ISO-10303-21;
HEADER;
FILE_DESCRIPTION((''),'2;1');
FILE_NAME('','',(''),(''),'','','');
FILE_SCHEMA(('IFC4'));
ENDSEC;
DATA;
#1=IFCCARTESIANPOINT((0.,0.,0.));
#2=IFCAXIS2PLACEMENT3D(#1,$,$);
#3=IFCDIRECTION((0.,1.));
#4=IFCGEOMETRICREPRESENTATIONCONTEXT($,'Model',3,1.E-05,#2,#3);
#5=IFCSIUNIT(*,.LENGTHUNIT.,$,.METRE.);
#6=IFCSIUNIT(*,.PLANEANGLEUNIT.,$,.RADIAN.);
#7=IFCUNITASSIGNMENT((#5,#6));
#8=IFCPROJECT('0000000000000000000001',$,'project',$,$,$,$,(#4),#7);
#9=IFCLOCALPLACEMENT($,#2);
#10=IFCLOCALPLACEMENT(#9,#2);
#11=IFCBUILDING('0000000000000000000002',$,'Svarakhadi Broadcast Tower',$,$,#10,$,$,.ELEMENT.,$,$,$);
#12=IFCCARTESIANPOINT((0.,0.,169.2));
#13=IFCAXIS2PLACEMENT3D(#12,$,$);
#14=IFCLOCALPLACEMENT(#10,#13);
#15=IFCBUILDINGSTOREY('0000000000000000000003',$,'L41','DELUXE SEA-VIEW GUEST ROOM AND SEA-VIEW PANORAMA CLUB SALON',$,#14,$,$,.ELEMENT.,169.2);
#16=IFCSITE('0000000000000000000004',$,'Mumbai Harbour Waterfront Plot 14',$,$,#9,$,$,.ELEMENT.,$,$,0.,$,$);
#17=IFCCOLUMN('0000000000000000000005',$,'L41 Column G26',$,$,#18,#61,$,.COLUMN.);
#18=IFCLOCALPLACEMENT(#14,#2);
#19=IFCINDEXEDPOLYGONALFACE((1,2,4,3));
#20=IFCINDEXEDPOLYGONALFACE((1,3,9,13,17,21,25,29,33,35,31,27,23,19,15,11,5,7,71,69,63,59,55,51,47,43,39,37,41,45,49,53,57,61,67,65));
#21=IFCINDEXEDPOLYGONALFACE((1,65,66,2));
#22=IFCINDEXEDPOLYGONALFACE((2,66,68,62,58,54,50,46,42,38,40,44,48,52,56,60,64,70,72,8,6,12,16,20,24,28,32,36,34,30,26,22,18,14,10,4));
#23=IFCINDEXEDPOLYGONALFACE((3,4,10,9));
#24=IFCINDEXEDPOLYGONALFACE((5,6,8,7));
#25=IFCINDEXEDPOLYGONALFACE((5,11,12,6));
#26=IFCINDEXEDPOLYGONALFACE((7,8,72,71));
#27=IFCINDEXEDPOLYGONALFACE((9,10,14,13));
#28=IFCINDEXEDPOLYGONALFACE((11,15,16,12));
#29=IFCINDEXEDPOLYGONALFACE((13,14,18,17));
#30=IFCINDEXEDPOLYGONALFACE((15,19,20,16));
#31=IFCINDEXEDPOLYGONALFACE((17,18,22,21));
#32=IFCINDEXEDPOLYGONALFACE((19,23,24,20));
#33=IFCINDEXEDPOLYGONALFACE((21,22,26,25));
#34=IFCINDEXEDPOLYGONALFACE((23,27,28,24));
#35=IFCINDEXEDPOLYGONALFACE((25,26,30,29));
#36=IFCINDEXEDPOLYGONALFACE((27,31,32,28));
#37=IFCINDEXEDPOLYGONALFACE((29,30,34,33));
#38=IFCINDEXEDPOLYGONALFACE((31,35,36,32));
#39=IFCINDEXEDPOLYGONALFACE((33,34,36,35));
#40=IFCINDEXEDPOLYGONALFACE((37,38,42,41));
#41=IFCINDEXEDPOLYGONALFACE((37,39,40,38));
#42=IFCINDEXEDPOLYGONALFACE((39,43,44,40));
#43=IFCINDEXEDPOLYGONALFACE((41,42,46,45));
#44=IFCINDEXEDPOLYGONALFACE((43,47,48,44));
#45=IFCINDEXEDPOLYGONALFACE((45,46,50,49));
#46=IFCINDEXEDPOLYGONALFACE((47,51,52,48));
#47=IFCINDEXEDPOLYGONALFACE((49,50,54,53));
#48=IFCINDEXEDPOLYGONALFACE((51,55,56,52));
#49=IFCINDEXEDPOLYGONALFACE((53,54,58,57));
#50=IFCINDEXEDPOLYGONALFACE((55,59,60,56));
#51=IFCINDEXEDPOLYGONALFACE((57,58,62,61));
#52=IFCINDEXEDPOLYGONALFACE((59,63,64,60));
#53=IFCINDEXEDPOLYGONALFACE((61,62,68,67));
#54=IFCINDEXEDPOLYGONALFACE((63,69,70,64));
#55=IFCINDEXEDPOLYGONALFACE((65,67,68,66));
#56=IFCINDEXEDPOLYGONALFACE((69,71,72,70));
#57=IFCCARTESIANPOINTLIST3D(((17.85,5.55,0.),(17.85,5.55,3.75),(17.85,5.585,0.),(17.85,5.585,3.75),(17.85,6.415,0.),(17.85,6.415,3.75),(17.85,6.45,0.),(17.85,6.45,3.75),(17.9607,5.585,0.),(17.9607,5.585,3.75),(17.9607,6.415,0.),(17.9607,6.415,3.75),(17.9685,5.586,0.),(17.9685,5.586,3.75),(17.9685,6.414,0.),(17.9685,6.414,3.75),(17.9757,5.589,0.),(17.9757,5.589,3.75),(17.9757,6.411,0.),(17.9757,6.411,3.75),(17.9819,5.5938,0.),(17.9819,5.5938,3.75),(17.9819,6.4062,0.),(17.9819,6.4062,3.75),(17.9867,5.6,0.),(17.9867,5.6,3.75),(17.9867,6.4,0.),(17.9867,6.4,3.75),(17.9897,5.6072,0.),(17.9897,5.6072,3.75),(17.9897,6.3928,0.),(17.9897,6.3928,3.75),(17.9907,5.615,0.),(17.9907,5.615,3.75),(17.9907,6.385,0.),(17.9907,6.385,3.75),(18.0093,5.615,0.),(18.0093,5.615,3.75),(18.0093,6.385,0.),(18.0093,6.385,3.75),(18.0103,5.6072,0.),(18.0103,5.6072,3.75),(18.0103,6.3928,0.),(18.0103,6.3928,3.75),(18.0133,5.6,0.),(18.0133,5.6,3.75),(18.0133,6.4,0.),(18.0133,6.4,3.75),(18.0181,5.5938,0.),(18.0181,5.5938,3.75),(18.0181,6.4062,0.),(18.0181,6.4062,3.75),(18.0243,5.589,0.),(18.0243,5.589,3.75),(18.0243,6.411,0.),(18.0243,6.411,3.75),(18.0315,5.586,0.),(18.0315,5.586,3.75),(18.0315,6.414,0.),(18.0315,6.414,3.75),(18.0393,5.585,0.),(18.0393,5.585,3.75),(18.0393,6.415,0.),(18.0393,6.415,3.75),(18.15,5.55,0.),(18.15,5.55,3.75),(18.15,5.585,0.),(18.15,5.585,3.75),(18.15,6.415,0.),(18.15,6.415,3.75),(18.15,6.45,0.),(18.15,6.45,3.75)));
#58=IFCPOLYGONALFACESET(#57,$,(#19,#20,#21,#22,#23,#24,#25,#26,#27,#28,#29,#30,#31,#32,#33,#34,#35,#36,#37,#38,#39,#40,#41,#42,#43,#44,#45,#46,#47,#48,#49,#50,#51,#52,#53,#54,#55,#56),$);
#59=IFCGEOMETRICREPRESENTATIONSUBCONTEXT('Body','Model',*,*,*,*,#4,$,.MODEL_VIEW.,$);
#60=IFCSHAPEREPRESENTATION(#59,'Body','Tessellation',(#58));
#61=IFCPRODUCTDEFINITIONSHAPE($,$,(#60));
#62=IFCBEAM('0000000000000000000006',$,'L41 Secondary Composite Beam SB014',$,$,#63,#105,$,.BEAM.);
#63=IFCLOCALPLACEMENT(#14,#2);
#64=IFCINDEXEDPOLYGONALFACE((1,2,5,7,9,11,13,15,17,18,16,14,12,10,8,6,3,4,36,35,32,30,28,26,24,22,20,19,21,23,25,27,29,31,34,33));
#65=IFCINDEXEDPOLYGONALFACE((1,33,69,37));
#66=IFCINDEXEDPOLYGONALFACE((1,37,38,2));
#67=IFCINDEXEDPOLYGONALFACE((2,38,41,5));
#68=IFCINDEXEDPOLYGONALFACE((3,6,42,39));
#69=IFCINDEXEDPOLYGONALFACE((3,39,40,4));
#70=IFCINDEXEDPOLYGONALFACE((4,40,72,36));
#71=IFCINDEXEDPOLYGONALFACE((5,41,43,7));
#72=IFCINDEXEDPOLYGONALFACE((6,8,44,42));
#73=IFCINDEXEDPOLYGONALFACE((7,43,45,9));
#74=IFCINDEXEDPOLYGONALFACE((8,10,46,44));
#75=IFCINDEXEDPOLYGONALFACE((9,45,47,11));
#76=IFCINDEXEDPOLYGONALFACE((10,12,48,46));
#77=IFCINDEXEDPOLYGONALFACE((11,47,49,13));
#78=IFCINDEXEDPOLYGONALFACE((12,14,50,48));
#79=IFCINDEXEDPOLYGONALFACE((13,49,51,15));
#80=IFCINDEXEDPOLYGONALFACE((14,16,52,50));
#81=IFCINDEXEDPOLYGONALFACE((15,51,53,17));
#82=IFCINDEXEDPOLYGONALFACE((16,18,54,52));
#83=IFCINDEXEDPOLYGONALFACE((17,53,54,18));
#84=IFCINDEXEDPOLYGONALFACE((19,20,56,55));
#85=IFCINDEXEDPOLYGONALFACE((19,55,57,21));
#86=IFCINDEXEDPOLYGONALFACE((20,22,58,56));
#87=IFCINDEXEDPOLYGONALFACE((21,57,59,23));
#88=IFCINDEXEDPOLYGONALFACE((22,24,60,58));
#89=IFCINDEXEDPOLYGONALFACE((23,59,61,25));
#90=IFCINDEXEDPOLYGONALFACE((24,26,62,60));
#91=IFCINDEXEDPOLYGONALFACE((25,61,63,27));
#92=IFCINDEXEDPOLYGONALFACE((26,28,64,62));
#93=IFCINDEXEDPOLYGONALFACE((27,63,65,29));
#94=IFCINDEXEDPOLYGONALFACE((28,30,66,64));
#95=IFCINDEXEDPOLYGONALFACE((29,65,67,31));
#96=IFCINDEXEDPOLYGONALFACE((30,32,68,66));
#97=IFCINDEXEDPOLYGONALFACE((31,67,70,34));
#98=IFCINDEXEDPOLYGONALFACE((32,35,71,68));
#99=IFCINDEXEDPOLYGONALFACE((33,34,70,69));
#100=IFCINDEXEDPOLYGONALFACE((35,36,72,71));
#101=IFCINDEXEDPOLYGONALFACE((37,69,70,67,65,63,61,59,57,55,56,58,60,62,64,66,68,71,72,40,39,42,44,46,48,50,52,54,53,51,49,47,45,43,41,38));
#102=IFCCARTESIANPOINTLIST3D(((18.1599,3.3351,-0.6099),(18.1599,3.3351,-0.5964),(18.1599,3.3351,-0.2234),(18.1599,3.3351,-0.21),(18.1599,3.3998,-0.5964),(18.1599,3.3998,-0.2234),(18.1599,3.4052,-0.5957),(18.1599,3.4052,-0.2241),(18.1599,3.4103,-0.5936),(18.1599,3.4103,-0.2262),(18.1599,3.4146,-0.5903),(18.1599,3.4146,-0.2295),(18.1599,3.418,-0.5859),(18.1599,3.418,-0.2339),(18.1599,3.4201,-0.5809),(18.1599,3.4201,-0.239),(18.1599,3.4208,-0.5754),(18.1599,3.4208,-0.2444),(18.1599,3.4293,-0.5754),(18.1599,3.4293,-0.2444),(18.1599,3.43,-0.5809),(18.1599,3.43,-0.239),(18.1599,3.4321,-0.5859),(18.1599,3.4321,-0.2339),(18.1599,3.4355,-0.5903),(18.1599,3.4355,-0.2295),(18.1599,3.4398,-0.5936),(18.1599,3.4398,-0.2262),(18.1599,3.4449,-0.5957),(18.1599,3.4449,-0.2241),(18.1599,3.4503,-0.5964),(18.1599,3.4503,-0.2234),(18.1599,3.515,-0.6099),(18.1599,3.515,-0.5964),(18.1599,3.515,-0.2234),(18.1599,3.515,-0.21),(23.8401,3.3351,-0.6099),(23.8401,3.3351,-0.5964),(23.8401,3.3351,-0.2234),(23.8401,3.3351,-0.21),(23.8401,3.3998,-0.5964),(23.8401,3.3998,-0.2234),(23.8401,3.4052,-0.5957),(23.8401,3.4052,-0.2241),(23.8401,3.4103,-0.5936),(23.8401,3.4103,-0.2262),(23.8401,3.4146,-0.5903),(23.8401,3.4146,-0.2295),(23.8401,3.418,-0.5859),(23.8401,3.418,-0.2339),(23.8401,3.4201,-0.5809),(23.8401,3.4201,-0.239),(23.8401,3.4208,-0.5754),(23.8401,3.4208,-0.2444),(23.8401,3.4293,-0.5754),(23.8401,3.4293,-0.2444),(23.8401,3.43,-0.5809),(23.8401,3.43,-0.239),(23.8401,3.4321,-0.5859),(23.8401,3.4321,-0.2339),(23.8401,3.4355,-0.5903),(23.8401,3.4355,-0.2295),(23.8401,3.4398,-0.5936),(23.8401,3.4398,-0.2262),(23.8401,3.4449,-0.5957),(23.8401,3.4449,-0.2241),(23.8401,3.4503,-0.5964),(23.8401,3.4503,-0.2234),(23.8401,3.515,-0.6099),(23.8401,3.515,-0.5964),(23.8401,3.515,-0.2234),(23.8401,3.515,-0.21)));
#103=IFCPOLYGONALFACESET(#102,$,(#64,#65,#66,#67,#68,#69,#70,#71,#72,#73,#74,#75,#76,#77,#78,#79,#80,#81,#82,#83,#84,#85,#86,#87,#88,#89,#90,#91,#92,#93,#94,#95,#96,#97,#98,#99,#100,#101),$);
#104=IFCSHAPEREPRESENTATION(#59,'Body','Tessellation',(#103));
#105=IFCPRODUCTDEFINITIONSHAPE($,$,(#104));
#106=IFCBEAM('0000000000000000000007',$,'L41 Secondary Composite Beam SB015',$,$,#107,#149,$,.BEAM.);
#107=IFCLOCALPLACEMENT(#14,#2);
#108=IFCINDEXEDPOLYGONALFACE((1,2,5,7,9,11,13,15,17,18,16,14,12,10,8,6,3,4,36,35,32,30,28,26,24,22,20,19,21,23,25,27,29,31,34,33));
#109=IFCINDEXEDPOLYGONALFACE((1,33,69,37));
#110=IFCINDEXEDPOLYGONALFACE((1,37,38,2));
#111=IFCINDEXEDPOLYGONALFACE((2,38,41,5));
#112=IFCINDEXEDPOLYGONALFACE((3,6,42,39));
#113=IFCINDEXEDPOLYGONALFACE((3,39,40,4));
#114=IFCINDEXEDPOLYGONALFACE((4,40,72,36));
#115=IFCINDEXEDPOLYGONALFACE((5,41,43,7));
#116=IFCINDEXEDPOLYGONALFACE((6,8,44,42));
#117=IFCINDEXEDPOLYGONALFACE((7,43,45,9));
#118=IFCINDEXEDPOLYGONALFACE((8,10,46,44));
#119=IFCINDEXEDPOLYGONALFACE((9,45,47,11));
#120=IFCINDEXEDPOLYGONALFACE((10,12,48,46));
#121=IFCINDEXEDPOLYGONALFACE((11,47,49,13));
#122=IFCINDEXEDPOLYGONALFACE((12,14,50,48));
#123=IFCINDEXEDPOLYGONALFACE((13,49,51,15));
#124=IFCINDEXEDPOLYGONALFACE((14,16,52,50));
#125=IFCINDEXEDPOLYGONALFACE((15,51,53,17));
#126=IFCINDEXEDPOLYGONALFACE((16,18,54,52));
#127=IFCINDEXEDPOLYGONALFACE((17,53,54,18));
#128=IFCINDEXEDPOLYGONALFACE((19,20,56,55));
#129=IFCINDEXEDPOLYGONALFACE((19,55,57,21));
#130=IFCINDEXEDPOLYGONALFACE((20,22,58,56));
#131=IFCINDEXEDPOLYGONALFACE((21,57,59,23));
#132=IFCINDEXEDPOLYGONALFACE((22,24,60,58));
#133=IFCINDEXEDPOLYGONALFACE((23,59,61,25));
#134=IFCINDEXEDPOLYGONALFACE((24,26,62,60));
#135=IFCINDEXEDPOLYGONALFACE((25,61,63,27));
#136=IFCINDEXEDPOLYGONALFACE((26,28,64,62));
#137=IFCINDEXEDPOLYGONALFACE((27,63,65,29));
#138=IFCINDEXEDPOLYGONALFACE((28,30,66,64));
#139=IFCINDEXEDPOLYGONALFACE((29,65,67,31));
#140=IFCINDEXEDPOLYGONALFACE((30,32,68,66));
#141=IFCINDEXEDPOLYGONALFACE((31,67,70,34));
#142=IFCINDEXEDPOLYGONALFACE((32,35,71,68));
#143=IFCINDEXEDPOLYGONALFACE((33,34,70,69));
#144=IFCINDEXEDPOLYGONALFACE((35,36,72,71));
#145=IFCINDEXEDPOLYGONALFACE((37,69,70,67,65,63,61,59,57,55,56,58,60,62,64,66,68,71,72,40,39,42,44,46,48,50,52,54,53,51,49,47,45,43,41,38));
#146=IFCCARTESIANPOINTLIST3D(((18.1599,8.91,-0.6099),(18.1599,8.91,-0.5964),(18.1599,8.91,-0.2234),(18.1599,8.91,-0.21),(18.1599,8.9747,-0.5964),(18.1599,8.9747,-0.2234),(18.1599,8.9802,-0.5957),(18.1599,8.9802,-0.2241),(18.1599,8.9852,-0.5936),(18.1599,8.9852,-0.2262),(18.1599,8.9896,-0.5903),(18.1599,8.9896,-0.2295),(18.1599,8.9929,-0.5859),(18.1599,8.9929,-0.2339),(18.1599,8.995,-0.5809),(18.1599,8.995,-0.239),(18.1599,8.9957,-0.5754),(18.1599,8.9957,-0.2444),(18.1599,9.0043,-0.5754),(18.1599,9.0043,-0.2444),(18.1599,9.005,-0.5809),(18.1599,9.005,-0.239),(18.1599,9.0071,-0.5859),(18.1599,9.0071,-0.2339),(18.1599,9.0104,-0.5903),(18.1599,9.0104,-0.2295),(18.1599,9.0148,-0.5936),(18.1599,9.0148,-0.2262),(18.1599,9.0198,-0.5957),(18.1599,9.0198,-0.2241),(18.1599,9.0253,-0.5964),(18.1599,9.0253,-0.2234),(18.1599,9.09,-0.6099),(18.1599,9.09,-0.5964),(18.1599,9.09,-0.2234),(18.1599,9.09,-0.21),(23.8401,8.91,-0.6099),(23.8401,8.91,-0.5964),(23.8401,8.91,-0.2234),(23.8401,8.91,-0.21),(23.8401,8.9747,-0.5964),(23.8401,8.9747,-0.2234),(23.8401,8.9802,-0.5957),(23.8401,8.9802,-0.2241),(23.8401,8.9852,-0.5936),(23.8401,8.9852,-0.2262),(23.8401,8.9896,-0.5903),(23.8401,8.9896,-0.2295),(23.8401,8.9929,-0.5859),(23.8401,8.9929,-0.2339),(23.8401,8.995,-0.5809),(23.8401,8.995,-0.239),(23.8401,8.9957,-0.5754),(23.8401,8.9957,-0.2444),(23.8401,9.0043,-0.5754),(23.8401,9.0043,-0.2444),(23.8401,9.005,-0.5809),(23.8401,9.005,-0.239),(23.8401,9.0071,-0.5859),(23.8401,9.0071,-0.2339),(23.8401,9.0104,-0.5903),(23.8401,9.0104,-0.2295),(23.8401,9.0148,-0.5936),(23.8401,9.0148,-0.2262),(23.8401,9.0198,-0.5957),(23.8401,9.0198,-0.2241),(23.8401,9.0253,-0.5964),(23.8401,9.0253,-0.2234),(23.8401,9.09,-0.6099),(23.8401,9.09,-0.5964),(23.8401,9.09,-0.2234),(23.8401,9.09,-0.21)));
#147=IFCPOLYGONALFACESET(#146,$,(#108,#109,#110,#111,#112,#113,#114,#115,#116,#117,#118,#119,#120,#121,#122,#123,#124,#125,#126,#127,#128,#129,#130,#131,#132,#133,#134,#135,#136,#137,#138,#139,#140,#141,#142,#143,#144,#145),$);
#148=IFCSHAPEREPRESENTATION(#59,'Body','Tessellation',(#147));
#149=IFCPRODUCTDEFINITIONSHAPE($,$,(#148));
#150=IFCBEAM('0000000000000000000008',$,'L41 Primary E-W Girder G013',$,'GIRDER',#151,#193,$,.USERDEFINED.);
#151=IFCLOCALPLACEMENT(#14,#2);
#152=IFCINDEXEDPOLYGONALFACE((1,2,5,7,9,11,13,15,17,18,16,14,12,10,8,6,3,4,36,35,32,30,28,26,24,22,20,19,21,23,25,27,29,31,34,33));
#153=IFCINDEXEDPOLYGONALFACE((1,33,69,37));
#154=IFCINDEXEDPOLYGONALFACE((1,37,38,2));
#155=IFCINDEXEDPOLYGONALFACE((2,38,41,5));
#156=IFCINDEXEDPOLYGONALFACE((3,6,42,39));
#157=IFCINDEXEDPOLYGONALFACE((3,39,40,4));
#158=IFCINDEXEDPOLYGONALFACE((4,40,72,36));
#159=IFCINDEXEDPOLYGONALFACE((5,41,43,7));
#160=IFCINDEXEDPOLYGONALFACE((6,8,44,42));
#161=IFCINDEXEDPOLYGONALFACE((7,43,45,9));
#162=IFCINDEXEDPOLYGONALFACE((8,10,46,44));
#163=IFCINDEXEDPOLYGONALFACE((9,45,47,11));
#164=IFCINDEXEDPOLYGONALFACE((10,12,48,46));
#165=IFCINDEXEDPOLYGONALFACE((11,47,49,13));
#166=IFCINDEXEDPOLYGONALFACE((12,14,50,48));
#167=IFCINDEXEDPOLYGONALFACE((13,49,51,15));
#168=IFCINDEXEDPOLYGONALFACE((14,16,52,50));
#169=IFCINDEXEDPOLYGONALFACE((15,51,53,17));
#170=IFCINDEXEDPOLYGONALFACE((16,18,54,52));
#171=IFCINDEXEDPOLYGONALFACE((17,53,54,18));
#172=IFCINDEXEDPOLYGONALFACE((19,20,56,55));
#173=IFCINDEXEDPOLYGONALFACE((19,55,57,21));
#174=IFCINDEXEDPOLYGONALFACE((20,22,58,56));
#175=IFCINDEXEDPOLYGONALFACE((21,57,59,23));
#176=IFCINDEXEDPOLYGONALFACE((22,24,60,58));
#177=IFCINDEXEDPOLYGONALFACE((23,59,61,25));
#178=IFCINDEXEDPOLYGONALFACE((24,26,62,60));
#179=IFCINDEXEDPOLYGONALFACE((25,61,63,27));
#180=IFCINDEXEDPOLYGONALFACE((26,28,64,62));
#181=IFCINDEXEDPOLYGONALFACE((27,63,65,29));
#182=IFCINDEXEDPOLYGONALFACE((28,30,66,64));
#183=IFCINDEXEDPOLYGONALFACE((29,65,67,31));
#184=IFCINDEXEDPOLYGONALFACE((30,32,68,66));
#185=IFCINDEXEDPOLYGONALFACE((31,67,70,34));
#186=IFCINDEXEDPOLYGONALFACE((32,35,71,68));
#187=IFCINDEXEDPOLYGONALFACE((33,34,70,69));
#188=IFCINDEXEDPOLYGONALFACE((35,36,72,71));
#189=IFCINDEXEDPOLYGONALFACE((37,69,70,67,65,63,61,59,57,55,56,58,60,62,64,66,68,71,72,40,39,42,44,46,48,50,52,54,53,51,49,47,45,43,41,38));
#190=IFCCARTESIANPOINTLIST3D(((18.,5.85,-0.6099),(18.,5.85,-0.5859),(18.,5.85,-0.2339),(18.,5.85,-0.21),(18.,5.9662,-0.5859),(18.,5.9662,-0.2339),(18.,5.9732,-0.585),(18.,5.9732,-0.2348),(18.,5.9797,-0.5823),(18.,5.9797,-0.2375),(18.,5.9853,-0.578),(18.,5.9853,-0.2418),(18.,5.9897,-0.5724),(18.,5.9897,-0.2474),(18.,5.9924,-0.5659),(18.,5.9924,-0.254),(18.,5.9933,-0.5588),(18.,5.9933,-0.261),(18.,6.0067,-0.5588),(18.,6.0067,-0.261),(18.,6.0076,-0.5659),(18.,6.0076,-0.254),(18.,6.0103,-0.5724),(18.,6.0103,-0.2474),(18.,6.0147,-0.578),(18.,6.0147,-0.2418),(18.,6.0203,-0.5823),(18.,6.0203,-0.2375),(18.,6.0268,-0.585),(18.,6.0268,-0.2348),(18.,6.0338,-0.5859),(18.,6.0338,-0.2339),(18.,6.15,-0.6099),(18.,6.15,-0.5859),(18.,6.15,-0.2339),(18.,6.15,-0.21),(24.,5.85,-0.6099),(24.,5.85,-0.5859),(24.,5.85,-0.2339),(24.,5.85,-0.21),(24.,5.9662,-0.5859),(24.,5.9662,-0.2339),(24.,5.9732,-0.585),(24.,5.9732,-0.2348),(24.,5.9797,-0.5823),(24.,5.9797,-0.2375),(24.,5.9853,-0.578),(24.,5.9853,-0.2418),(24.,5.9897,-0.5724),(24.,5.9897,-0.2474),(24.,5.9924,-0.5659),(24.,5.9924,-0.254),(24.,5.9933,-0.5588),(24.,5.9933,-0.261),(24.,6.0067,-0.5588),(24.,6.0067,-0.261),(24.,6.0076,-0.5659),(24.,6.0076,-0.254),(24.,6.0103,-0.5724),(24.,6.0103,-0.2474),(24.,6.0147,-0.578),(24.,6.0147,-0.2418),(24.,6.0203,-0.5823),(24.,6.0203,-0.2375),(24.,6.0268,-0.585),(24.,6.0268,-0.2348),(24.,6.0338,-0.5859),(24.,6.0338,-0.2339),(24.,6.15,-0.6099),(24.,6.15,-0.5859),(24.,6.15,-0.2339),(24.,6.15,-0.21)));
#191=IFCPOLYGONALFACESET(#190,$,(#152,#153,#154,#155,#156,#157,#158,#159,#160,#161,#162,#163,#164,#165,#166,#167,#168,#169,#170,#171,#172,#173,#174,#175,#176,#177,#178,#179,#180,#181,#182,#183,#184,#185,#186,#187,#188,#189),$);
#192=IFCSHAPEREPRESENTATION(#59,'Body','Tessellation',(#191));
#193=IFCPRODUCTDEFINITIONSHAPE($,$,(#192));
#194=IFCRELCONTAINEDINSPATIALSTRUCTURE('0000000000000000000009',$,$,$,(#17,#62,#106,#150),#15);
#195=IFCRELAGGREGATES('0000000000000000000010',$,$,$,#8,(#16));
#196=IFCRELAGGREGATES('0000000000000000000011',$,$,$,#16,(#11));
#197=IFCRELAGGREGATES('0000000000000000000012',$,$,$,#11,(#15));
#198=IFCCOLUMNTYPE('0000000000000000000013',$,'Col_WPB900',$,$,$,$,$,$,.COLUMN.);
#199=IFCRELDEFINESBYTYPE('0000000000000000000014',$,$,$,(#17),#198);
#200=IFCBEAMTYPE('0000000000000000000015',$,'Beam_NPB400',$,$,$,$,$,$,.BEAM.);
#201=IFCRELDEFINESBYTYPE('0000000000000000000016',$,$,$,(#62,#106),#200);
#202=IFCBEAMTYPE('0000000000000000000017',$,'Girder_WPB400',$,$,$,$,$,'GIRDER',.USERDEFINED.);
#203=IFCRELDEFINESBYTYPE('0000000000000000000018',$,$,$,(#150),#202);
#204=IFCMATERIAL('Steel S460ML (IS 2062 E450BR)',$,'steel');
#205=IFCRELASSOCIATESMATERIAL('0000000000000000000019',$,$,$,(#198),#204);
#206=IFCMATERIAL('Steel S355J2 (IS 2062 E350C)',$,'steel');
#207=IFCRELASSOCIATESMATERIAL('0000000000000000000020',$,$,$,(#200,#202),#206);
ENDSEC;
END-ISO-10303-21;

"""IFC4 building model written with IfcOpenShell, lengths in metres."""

from ifc_helpers import new_model, si_unit, direction, frame, origin, origin_2d, place, context, subcontext, project, spatial, i_section, extrude, material, material_profile, profile_set, type_object, element, save


model = new_model("IFC4")

# Units and contexts
model_context = context("Model", 3, precision=1e-05, world=origin(), true_north=direction((0.0, 1.0)))
body_context = subcontext(model_context, "Body", "Model", "MODEL_VIEW")
ifc_project = project(units=[si_unit("LENGTHUNIT", "METRE"), si_unit("PLANEANGLEUNIT", "RADIAN")], contexts=[model_context])

# Site, building, storey
site_placement = place(None, origin())
site = spatial("IfcSite", under=ifc_project, at=site_placement, Name="Mumbai Harbour Waterfront Plot 14", CompositionType="ELEMENT", RefElevation=0.0)
building_placement = place(site_placement, origin())
building = spatial("IfcBuilding", under=site, at=building_placement, Name="Svarakhadi Broadcast Tower", CompositionType="ELEMENT")
storey_placement = place(building_placement, frame((0.0, 0.0, 169.2)))
storey = spatial("IfcBuildingStorey", under=building, at=storey_placement, Name="L41", Description="DELUXE SEA-VIEW GUEST ROOM AND SEA-VIEW PANORAMA CLUB SALON", CompositionType="ELEMENT", Elevation=169.2)

# Column
ifc_material_1 = material(Name="Steel S460ML (IS 2062 E450BR)", Category="steel")
ifc_material_profile_1 = material_profile(ifc_material_1, i_section(OverallWidth=0.3, OverallDepth=0.8999, WebThickness=0.0186, FlangeThickness=0.0349, FilletRadius=0.03, at=origin_2d()), Name="WPB 900x300x291")
ifc_profile_set_1 = profile_set([ifc_material_profile_1], Name="Steel S460ML (IS 2062 E450BR)")
column_type = type_object("IfcColumnType", Name="Col_WPB900", PredefinedType="COLUMN", material=ifc_profile_set_1)
column_placement = place(storey_placement, frame((18.0, 6.0, 0.0), z_axis=(0.0, 0.0, 1.0), x_axis=(1.0, 0.0, 0.0)))
element("IfcColumn", 1, at=column_placement, inside=storey, type_object=column_type, Name="L41 Column G26", PredefinedType="COLUMN", context=body_context, shape_type="SweptSolid", body=[
    extrude(i_section(OverallWidth=0.3, OverallDepth=0.8999, WebThickness=0.0186, FlangeThickness=0.0349, FilletRadius=0.03, at=origin_2d()), origin(), (0.0, 0.0, 1.0), 3.75),
])

# Beams
ifc_material_2 = material(Name="Steel S355J2 (IS 2062 E350C)", Category="steel")
ifc_material_profile_2 = material_profile(ifc_material_2, i_section(OverallWidth=0.1799, OverallDepth=0.3999, WebThickness=0.0085, FlangeThickness=0.0134, FilletRadius=0.021, at=origin_2d()), Name="NPB 400x180x66")
ifc_profile_set_2 = profile_set([ifc_material_profile_2], Name="Steel S355J2 (IS 2062 E350C)")
beam_type_1 = type_object("IfcBeamType", Name="Beam_NPB400", PredefinedType="BEAM", material=ifc_profile_set_2)
for number, where, z_axis, x_axis, name in (
    (2, (18.1599, 3.425, -0.4099), (1.0, 0.0, 0.0), (0.0, 1.0, 0.0), "L41 Secondary Composite Beam SB014"),
    (3, (18.1599, 9.0, -0.4099), (1.0, 0.0, 0.0), (0.0, 1.0, 0.0), "L41 Secondary Composite Beam SB015"),
):
    element("IfcBeam", number, at=place(storey_placement, frame(where, z_axis=z_axis, x_axis=x_axis)), inside=storey, type_object=beam_type_1, Name=name, PredefinedType="BEAM", context=body_context, shape_type="SweptSolid", body=[
        extrude(i_section(OverallWidth=0.1799, OverallDepth=0.3999, WebThickness=0.0085, FlangeThickness=0.0134, FilletRadius=0.021, at=origin_2d()), origin(), (0.0, 0.0, 1.0), 5.6802),
    ])
ifc_material_profile_3 = material_profile(ifc_material_2, i_section(OverallWidth=0.3, OverallDepth=0.3999, WebThickness=0.0134, FlangeThickness=0.0239, FilletRadius=0.0271, at=origin_2d()), Name="WPB 400x300x155")
ifc_profile_set_3 = profile_set([ifc_material_profile_3], Name="Steel S355J2 (IS 2062 E350C)")
beam_type_2 = type_object("IfcBeamType", Name="Girder_WPB400", ElementType="GIRDER", PredefinedType="USERDEFINED", material=ifc_profile_set_3)
for number, where, z_axis, x_axis, name in (
    (4, (18.0, 6.0, -0.4099), (1.0, 0.0, 0.0), (0.0, 1.0, 0.0), "L41 Primary E-W Girder G013"),
):
    element("IfcBeam", number, at=place(storey_placement, frame(where, z_axis=z_axis, x_axis=x_axis)), inside=storey, type_object=beam_type_2, Name=name, ObjectType="GIRDER", PredefinedType="USERDEFINED", context=body_context, shape_type="SweptSolid", body=[
        extrude(i_section(OverallWidth=0.3, OverallDepth=0.3999, WebThickness=0.0134, FlangeThickness=0.0239, FilletRadius=0.0271, at=origin_2d()), origin(), (0.0, 0.0, 1.0), 6.0),
    ])

save(model, "model.ifc")
